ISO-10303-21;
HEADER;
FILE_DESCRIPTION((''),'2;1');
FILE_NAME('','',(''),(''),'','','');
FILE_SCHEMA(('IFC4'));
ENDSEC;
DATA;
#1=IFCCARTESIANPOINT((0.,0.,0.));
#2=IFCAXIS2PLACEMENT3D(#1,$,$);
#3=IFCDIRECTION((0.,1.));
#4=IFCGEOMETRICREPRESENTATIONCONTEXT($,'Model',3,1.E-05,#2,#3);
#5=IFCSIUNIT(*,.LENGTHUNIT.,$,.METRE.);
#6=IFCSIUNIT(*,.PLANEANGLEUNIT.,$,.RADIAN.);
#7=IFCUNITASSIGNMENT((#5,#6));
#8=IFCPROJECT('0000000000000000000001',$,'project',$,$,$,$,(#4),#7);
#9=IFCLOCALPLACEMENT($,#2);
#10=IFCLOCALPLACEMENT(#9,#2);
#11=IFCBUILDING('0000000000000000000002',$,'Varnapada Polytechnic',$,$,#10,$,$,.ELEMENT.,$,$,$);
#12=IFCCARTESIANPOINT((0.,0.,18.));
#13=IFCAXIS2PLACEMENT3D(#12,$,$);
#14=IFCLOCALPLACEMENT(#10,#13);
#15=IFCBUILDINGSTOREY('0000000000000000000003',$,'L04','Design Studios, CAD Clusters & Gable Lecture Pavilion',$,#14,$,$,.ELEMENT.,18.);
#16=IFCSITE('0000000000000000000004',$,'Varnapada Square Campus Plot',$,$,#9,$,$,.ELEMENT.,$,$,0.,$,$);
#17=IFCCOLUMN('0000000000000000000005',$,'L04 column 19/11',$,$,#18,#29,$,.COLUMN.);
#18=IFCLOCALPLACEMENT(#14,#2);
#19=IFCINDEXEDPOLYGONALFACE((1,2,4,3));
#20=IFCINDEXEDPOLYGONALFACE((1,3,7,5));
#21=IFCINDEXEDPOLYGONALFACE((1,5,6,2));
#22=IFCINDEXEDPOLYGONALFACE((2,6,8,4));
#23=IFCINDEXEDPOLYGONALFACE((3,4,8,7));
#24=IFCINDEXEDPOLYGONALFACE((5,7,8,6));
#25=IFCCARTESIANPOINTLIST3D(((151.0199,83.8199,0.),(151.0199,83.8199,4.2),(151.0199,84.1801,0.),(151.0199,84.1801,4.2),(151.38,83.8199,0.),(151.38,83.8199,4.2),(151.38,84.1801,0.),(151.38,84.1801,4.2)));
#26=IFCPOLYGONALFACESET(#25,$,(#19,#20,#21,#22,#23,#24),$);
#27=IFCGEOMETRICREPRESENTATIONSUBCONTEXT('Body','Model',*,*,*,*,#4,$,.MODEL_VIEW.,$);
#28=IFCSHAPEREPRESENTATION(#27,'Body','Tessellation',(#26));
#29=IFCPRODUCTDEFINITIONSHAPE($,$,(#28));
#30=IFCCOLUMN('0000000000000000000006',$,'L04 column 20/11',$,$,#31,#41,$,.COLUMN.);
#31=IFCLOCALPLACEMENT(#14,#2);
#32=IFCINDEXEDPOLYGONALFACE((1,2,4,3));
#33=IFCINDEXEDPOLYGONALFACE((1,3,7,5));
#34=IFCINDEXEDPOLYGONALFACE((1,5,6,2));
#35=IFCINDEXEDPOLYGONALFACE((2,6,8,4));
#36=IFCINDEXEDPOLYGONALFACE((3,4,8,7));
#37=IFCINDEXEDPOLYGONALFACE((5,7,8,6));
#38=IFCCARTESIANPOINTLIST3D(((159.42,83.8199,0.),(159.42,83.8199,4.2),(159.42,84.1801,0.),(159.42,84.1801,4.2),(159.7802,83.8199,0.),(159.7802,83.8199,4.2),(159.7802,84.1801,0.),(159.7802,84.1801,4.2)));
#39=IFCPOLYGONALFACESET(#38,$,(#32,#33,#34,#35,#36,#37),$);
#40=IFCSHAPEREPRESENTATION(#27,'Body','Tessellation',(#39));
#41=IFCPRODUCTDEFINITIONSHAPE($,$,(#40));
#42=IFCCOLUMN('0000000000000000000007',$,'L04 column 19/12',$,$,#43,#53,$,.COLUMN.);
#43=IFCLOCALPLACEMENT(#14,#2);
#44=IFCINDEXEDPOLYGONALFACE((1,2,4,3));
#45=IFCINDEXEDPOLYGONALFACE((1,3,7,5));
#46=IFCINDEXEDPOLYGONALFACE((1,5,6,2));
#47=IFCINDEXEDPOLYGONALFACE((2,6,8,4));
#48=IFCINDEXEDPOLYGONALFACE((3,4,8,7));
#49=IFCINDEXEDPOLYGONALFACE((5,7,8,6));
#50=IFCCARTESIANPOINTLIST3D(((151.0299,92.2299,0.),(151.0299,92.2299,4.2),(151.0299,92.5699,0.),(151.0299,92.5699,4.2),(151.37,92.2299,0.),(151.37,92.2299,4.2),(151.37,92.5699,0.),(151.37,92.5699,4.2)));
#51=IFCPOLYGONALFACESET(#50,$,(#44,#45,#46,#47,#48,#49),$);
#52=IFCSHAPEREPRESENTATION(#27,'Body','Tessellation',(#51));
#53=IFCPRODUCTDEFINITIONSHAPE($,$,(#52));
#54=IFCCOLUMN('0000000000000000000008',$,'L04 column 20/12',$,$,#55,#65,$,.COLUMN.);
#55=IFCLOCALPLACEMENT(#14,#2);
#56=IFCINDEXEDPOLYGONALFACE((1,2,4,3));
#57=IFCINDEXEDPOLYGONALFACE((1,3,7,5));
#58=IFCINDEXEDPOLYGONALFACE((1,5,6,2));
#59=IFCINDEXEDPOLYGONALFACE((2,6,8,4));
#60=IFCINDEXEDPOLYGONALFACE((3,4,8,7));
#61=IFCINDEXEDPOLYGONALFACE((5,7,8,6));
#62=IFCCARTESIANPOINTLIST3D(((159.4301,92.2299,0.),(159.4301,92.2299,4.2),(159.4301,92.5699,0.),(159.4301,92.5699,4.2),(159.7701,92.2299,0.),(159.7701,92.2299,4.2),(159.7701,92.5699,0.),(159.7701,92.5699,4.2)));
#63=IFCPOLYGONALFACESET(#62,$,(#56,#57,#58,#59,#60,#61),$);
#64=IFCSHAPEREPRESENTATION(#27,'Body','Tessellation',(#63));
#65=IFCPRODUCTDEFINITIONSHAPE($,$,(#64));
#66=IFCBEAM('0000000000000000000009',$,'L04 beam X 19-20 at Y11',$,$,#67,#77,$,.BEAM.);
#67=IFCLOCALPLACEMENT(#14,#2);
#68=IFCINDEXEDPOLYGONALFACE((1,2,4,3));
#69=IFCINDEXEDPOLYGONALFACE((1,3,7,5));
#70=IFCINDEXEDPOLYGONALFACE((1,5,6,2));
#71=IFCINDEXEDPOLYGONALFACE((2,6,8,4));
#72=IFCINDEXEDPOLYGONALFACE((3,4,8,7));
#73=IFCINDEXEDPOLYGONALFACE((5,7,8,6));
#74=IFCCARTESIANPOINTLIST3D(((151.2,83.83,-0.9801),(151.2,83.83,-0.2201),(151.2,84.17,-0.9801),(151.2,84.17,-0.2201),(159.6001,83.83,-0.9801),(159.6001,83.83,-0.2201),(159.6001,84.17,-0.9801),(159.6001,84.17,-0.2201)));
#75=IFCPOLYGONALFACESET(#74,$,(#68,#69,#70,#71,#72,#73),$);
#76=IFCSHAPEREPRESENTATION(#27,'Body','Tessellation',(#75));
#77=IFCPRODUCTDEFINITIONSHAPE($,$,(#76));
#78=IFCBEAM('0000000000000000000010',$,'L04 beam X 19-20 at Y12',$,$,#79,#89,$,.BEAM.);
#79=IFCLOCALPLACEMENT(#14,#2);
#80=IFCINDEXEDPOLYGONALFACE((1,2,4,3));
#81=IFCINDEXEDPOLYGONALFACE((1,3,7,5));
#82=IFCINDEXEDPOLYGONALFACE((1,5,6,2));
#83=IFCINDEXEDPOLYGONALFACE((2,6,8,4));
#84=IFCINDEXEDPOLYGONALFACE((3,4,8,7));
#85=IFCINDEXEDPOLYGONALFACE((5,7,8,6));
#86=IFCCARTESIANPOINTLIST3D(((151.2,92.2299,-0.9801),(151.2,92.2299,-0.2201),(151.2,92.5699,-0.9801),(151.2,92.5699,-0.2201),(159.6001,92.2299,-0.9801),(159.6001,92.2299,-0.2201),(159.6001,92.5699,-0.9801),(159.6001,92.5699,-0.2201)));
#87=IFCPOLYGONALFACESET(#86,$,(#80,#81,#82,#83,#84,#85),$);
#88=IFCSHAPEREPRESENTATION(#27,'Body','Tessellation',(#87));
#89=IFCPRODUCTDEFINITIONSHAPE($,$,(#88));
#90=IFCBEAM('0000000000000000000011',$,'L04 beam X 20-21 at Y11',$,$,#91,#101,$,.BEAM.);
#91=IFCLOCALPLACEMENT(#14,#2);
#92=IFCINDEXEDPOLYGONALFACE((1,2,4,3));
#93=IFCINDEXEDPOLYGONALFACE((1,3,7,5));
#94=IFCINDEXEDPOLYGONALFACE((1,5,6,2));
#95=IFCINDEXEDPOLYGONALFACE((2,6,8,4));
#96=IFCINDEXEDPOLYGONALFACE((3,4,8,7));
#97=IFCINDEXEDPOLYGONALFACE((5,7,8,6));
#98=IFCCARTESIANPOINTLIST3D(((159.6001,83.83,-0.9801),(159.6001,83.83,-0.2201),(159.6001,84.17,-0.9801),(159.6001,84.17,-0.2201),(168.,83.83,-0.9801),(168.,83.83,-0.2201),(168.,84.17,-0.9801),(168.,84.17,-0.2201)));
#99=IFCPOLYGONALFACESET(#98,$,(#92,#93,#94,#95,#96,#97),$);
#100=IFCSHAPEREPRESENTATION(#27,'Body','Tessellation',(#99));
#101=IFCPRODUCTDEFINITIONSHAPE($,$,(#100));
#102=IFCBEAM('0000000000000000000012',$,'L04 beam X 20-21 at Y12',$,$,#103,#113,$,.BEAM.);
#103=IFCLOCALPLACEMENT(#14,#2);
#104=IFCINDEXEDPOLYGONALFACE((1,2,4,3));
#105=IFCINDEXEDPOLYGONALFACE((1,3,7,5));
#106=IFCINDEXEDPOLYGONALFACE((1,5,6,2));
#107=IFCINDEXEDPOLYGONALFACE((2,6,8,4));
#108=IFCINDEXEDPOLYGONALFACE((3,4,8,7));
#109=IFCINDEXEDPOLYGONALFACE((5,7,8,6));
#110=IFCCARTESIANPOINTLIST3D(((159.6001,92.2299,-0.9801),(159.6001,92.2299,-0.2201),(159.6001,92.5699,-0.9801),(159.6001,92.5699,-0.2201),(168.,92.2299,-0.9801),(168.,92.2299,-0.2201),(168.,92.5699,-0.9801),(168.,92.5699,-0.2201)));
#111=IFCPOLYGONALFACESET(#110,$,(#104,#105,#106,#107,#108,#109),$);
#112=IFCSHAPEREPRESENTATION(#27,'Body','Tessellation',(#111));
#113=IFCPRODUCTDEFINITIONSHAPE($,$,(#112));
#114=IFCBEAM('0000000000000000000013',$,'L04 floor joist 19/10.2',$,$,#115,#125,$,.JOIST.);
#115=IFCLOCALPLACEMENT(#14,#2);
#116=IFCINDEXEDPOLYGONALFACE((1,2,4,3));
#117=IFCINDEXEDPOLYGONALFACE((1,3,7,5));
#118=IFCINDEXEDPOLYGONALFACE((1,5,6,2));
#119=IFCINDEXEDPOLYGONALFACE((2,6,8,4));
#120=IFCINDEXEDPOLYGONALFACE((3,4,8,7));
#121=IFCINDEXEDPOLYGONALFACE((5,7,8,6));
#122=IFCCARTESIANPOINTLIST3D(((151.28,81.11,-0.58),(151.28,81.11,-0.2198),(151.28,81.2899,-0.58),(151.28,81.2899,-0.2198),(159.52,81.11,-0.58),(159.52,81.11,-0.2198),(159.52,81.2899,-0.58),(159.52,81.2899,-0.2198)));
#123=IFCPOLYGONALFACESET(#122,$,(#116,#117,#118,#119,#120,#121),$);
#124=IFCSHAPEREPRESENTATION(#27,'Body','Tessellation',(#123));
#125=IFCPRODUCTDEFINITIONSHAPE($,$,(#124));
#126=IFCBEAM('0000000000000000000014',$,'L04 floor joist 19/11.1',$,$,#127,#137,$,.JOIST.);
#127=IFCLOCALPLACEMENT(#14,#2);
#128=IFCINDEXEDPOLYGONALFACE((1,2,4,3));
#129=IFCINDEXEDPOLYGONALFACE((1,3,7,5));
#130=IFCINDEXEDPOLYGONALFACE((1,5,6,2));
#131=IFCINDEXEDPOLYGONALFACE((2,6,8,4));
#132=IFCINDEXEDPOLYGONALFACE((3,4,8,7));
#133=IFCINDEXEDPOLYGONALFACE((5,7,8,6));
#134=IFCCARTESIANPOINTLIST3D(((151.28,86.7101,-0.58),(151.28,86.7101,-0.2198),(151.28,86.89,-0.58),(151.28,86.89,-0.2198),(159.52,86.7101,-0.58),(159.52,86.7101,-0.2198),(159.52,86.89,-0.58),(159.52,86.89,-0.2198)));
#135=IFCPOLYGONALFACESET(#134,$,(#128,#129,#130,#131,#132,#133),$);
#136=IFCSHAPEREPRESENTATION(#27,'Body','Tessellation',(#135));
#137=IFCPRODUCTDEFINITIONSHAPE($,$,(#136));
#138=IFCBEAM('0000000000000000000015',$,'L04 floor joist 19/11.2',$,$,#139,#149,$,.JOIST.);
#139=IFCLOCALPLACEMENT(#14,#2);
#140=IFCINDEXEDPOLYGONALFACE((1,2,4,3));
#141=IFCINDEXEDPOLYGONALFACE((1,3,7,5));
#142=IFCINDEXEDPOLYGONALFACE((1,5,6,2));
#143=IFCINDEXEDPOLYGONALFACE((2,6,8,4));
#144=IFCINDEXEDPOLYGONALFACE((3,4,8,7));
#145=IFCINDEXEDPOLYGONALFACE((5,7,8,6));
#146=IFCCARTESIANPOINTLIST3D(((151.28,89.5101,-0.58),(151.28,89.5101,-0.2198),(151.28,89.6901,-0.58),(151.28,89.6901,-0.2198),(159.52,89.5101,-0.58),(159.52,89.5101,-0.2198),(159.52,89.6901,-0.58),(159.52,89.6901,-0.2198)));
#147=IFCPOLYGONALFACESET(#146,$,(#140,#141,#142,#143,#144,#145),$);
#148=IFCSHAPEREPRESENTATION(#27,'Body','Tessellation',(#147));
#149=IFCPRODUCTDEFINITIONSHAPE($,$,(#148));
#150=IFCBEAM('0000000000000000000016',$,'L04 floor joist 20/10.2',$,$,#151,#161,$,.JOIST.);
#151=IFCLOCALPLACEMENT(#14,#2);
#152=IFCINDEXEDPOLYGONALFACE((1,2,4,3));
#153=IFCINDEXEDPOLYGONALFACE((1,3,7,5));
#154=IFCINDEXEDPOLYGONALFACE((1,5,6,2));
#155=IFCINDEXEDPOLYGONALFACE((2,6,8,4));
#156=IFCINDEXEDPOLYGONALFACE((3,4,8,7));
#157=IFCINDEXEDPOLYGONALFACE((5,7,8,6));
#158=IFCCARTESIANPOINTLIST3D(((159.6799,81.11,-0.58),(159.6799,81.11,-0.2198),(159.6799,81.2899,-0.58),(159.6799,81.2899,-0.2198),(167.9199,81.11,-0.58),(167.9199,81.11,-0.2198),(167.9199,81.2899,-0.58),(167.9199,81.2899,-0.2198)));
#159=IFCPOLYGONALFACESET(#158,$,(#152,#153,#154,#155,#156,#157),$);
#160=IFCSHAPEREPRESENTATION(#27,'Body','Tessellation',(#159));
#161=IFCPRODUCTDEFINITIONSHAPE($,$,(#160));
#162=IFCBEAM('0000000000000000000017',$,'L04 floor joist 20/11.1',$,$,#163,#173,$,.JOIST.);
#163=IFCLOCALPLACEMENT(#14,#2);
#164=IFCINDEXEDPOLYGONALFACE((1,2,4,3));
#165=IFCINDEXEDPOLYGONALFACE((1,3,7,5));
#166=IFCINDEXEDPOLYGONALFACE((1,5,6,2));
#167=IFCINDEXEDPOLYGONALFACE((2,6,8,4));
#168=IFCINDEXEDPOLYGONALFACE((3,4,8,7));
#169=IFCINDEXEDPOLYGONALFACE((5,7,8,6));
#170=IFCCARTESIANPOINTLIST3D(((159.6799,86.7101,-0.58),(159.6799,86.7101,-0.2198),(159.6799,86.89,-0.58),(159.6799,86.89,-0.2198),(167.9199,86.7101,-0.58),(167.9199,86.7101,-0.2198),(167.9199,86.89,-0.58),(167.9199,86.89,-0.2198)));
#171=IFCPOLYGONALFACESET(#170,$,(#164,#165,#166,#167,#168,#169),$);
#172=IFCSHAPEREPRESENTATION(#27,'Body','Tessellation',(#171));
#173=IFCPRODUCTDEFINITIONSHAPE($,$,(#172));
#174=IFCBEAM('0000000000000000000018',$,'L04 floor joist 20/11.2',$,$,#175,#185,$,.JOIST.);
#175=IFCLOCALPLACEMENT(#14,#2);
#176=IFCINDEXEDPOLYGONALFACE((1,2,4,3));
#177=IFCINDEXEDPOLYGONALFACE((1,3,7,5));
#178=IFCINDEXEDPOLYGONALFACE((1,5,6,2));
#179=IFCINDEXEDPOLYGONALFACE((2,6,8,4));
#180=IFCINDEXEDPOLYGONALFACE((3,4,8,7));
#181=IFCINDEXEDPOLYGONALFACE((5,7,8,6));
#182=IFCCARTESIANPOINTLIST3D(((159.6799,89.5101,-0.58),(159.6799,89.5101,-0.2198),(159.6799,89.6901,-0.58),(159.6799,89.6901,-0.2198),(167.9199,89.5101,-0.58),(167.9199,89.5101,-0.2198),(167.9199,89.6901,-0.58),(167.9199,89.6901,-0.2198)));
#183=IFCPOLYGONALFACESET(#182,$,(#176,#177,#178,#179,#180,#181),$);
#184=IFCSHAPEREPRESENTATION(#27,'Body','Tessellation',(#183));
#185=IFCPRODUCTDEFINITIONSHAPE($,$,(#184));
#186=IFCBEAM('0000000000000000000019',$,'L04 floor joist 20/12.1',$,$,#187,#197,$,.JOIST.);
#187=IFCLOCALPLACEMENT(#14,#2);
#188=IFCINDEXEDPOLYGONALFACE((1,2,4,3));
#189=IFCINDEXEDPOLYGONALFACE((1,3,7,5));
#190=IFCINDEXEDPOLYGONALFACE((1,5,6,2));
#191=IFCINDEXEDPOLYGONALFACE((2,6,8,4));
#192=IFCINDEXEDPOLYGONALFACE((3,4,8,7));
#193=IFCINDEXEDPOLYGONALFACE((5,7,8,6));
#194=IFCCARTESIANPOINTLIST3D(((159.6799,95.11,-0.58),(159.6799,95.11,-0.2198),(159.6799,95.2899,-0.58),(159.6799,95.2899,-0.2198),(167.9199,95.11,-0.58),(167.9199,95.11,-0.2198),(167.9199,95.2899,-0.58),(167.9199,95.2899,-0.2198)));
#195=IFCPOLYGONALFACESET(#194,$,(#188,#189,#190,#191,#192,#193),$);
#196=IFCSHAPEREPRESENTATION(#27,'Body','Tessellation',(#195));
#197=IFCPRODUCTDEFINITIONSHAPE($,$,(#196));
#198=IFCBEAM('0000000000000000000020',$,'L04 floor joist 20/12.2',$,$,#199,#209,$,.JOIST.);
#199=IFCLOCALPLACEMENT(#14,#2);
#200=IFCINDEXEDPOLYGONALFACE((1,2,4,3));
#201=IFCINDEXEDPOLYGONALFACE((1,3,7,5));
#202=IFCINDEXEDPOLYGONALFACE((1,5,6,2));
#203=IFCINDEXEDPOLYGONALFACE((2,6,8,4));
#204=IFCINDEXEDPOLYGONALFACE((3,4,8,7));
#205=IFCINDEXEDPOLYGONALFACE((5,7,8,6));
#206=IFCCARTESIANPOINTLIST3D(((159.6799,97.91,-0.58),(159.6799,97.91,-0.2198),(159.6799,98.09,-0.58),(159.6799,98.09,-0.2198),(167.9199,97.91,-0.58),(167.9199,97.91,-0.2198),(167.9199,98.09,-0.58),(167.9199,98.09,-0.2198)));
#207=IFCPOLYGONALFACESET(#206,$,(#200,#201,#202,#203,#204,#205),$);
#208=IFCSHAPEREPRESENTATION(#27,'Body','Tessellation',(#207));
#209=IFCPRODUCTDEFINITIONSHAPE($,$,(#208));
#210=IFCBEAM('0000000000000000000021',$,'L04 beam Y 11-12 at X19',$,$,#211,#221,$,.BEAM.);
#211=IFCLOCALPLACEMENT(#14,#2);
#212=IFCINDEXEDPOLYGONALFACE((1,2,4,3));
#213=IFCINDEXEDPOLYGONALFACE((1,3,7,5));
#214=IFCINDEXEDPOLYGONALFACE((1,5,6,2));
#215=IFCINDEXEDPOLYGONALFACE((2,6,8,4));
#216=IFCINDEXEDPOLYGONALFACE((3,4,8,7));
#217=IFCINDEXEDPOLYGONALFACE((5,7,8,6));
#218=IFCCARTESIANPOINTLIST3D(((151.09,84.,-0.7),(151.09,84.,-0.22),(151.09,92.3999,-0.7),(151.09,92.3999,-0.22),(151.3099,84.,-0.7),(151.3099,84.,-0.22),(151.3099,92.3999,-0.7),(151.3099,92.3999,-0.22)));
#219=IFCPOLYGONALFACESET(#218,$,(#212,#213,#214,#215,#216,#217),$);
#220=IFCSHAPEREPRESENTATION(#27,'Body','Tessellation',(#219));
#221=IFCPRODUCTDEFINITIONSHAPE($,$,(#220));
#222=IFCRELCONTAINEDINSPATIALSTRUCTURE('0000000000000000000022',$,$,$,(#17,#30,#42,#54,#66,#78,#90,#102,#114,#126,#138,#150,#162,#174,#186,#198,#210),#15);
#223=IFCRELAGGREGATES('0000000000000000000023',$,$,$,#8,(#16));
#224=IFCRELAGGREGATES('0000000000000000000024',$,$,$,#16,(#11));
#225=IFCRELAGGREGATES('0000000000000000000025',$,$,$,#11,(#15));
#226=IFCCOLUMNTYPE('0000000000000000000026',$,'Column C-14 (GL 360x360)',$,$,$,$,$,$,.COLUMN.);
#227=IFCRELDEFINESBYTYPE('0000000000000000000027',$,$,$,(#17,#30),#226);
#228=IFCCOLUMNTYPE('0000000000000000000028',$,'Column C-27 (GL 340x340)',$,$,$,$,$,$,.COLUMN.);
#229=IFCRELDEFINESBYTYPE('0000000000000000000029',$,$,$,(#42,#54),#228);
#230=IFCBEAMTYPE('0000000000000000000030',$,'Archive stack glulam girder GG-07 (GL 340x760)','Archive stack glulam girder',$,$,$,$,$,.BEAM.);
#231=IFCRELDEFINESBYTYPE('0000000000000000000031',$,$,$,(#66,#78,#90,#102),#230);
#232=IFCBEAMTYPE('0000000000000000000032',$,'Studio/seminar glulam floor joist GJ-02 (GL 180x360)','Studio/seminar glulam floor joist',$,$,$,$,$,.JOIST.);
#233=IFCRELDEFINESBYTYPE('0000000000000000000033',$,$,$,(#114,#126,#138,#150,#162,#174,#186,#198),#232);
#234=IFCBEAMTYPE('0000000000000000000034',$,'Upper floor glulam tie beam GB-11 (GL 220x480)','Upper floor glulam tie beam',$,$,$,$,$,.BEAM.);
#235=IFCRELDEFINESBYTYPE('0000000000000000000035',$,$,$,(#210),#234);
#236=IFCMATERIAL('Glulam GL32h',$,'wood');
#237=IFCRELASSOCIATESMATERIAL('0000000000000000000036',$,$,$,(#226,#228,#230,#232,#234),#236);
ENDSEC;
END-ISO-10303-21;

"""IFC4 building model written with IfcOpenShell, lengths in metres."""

from ifc_helpers import new_model, si_unit, direction, frame, origin, origin_2d, place, context, subcontext, project, spatial, rectangle, extrude, material, material_profile, profile_set, type_object, element, save


model = new_model("IFC4")

# Units and contexts
model_context = context("Model", 3, precision=1e-05, world=origin(), true_north=direction((0.0, 1.0)))
body_context = subcontext(model_context, "Body", "Model", "MODEL_VIEW")
ifc_project = project(units=[si_unit("LENGTHUNIT", "METRE"), si_unit("PLANEANGLEUNIT", "RADIAN")], contexts=[model_context])

# Site, building, storey
site_placement = place(None, origin())
site = spatial("IfcSite", under=ifc_project, at=site_placement, Name="Varnapada Square Campus Plot", CompositionType="ELEMENT", RefElevation=0.0)
building_placement = place(site_placement, origin())
building = spatial("IfcBuilding", under=site, at=building_placement, Name="Varnapada Polytechnic", CompositionType="ELEMENT")
storey_placement = place(building_placement, frame((0.0, 0.0, 18.0)))
storey = spatial("IfcBuildingStorey", under=building, at=storey_placement, Name="L04", Description="Design Studios, CAD Clusters & Gable Lecture Pavilion", CompositionType="ELEMENT", Elevation=18.0)

# Columns
ifc_material_1 = material(Name="Glulam GL32h", Category="wood")
ifc_material_profile_1 = material_profile(ifc_material_1, rectangle(XDim=0.3601, YDim=0.3601, at=origin_2d()), Name="GL 360x360")
ifc_profile_set_1 = profile_set([ifc_material_profile_1], Name="Glulam GL32h")
column_type_1 = type_object("IfcColumnType", Name="Column C-14 (GL 360x360)", PredefinedType="COLUMN", material=ifc_profile_set_1)
for number, where, z_axis, x_axis, name in (
    (1, (151.2, 84.0, 0.0), (0.0, 0.0, 1.0), (1.0, 0.0, 0.0), "L04 column 19/11"),
    (2, (159.6001, 84.0, 0.0), (0.0, 0.0, 1.0), (1.0, 0.0, 0.0), "L04 column 20/11"),
):
    element("IfcColumn", number, at=place(storey_placement, frame(where, z_axis=z_axis, x_axis=x_axis)), inside=storey, type_object=column_type_1, Name=name, PredefinedType="COLUMN", context=body_context, shape_type="SweptSolid", body=[
        extrude(rectangle(XDim=0.3601, YDim=0.3601, at=origin_2d()), origin(), (0.0, 0.0, 1.0), 4.2),
    ])
ifc_material_profile_2 = material_profile(ifc_material_1, rectangle(XDim=0.3401, YDim=0.3401, at=origin_2d()), Name="GL 340x340")
ifc_profile_set_2 = profile_set([ifc_material_profile_2], Name="Glulam GL32h")
column_type_2 = type_object("IfcColumnType", Name="Column C-27 (GL 340x340)", PredefinedType="COLUMN", material=ifc_profile_set_2)
for number, where, z_axis, x_axis, name in (
    (3, (151.2, 92.3999, 0.0), (0.0, 0.0, 1.0), (1.0, 0.0, 0.0), "L04 column 19/12"),
    (4, (159.6001, 92.3999, 0.0), (0.0, 0.0, 1.0), (1.0, 0.0, 0.0), "L04 column 20/12"),
):
    element("IfcColumn", number, at=place(storey_placement, frame(where, z_axis=z_axis, x_axis=x_axis)), inside=storey, type_object=column_type_2, Name=name, PredefinedType="COLUMN", context=body_context, shape_type="SweptSolid", body=[
        extrude(rectangle(XDim=0.3401, YDim=0.3401, at=origin_2d()), origin(), (0.0, 0.0, 1.0), 4.2),
    ])

# Beams
ifc_material_profile_3 = material_profile(ifc_material_1, rectangle(XDim=0.3401, YDim=0.76, at=origin_2d()), Name="GL 340x760")
ifc_profile_set_3 = profile_set([ifc_material_profile_3], Name="Glulam GL32h")
beam_type_1 = type_object("IfcBeamType", Name="Archive stack glulam girder GG-07 (GL 340x760)", Description="Archive stack glulam girder", PredefinedType="BEAM", material=ifc_profile_set_3)
for number, where, z_axis, x_axis, name in (
    (5, (151.2, 84.0, -0.6001), (1.0, 0.0, 0.0), (0.0, 1.0, 0.0), "L04 beam X 19-20 at Y11"),
    (6, (151.2, 92.3999, -0.6001), (1.0, 0.0, 0.0), (0.0, 1.0, 0.0), "L04 beam X 19-20 at Y12"),
):
    element("IfcBeam", number, at=place(storey_placement, frame(where, z_axis=z_axis, x_axis=x_axis)), inside=storey, type_object=beam_type_1, Name=name, PredefinedType="BEAM", context=body_context, shape_type="SweptSolid", body=[
        extrude(rectangle(XDim=0.3401, YDim=0.76, at=origin_2d()), origin(), (0.0, 0.0, 1.0), 8.4001),
    ])
for number, where, z_axis, x_axis, name in (
    (7, (159.6001, 84.0, -0.6001), (1.0, 0.0, 0.0), (0.0, 1.0, 0.0), "L04 beam X 20-21 at Y11"),
    (8, (159.6001, 92.3999, -0.6001), (1.0, 0.0, 0.0), (0.0, 1.0, 0.0), "L04 beam X 20-21 at Y12"),
):
    element("IfcBeam", number, at=place(storey_placement, frame(where, z_axis=z_axis, x_axis=x_axis)), inside=storey, type_object=beam_type_1, Name=name, PredefinedType="BEAM", context=body_context, shape_type="SweptSolid", body=[
        extrude(rectangle(XDim=0.3401, YDim=0.76, at=origin_2d()), origin(), (0.0, 0.0, 1.0), 8.3999),
    ])
ifc_material_profile_4 = material_profile(ifc_material_1, rectangle(XDim=0.1799, YDim=0.3601, at=origin_2d()), Name="GL 180x360")
ifc_profile_set_4 = profile_set([ifc_material_profile_4], Name="Glulam GL32h")
beam_type_2 = type_object("IfcBeamType", Name="Studio/seminar glulam floor joist GJ-02 (GL 180x360)", Description="Studio/seminar glulam floor joist", PredefinedType="JOIST", material=ifc_profile_set_4)
for number, where, z_axis, x_axis, name in (
    (9, (151.28, 81.2, -0.3999), (1.0, 0.0, 0.0), (0.0, 1.0, 0.0), "L04 floor joist 19/10.2"),
    (10, (151.28, 86.8, -0.3999), (1.0, 0.0, 0.0), (0.0, 1.0, 0.0), "L04 floor joist 19/11.1"),
    (11, (151.28, 89.6001, -0.3999), (1.0, 0.0, 0.0), (0.0, 1.0, 0.0), "L04 floor joist 19/11.2"),
    (12, (159.6799, 81.2, -0.3999), (1.0, 0.0, 0.0), (0.0, 1.0, 0.0), "L04 floor joist 20/10.2"),
    (13, (159.6799, 86.8, -0.3999), (1.0, 0.0, 0.0), (0.0, 1.0, 0.0), "L04 floor joist 20/11.1"),
    (14, (159.6799, 89.6001, -0.3999), (1.0, 0.0, 0.0), (0.0, 1.0, 0.0), "L04 floor joist 20/11.2"),
    (15, (159.6799, 95.2, -0.3999), (1.0, 0.0, 0.0), (0.0, 1.0, 0.0), "L04 floor joist 20/12.1"),
    (16, (159.6799, 98.0, -0.3999), (1.0, 0.0, 0.0), (0.0, 1.0, 0.0), "L04 floor joist 20/12.2"),
):
    element("IfcBeam", number, at=place(storey_placement, frame(where, z_axis=z_axis, x_axis=x_axis)), inside=storey, type_object=beam_type_2, Name=name, PredefinedType="JOIST", context=body_context, shape_type="SweptSolid", body=[
        extrude(rectangle(XDim=0.1799, YDim=0.3601, at=origin_2d()), origin(), (0.0, 0.0, 1.0), 8.24),
    ])
ifc_material_profile_5 = material_profile(ifc_material_1, rectangle(XDim=0.22, YDim=0.48, at=origin_2d()), Name="GL 220x480")
ifc_profile_set_5 = profile_set([ifc_material_profile_5], Name="Glulam GL32h")
beam_type_3 = type_object("IfcBeamType", Name="Upper floor glulam tie beam GB-11 (GL 220x480)", Description="Upper floor glulam tie beam", PredefinedType="BEAM", material=ifc_profile_set_5)
beam_1_placement = place(storey_placement, frame((151.2, 84.0, -0.46), z_axis=(0.0, 1.0, 0.0), x_axis=(-1.0, 0.0, 0.0)))
element("IfcBeam", 17, at=beam_1_placement, inside=storey, type_object=beam_type_3, Name="L04 beam Y 11-12 at X19", PredefinedType="BEAM", context=body_context, shape_type="SweptSolid", body=[
    extrude(rectangle(XDim=0.22, YDim=0.48, at=origin_2d()), origin(), (0.0, 0.0, 1.0), 8.3999),
])

save(model, "model.ifc")
